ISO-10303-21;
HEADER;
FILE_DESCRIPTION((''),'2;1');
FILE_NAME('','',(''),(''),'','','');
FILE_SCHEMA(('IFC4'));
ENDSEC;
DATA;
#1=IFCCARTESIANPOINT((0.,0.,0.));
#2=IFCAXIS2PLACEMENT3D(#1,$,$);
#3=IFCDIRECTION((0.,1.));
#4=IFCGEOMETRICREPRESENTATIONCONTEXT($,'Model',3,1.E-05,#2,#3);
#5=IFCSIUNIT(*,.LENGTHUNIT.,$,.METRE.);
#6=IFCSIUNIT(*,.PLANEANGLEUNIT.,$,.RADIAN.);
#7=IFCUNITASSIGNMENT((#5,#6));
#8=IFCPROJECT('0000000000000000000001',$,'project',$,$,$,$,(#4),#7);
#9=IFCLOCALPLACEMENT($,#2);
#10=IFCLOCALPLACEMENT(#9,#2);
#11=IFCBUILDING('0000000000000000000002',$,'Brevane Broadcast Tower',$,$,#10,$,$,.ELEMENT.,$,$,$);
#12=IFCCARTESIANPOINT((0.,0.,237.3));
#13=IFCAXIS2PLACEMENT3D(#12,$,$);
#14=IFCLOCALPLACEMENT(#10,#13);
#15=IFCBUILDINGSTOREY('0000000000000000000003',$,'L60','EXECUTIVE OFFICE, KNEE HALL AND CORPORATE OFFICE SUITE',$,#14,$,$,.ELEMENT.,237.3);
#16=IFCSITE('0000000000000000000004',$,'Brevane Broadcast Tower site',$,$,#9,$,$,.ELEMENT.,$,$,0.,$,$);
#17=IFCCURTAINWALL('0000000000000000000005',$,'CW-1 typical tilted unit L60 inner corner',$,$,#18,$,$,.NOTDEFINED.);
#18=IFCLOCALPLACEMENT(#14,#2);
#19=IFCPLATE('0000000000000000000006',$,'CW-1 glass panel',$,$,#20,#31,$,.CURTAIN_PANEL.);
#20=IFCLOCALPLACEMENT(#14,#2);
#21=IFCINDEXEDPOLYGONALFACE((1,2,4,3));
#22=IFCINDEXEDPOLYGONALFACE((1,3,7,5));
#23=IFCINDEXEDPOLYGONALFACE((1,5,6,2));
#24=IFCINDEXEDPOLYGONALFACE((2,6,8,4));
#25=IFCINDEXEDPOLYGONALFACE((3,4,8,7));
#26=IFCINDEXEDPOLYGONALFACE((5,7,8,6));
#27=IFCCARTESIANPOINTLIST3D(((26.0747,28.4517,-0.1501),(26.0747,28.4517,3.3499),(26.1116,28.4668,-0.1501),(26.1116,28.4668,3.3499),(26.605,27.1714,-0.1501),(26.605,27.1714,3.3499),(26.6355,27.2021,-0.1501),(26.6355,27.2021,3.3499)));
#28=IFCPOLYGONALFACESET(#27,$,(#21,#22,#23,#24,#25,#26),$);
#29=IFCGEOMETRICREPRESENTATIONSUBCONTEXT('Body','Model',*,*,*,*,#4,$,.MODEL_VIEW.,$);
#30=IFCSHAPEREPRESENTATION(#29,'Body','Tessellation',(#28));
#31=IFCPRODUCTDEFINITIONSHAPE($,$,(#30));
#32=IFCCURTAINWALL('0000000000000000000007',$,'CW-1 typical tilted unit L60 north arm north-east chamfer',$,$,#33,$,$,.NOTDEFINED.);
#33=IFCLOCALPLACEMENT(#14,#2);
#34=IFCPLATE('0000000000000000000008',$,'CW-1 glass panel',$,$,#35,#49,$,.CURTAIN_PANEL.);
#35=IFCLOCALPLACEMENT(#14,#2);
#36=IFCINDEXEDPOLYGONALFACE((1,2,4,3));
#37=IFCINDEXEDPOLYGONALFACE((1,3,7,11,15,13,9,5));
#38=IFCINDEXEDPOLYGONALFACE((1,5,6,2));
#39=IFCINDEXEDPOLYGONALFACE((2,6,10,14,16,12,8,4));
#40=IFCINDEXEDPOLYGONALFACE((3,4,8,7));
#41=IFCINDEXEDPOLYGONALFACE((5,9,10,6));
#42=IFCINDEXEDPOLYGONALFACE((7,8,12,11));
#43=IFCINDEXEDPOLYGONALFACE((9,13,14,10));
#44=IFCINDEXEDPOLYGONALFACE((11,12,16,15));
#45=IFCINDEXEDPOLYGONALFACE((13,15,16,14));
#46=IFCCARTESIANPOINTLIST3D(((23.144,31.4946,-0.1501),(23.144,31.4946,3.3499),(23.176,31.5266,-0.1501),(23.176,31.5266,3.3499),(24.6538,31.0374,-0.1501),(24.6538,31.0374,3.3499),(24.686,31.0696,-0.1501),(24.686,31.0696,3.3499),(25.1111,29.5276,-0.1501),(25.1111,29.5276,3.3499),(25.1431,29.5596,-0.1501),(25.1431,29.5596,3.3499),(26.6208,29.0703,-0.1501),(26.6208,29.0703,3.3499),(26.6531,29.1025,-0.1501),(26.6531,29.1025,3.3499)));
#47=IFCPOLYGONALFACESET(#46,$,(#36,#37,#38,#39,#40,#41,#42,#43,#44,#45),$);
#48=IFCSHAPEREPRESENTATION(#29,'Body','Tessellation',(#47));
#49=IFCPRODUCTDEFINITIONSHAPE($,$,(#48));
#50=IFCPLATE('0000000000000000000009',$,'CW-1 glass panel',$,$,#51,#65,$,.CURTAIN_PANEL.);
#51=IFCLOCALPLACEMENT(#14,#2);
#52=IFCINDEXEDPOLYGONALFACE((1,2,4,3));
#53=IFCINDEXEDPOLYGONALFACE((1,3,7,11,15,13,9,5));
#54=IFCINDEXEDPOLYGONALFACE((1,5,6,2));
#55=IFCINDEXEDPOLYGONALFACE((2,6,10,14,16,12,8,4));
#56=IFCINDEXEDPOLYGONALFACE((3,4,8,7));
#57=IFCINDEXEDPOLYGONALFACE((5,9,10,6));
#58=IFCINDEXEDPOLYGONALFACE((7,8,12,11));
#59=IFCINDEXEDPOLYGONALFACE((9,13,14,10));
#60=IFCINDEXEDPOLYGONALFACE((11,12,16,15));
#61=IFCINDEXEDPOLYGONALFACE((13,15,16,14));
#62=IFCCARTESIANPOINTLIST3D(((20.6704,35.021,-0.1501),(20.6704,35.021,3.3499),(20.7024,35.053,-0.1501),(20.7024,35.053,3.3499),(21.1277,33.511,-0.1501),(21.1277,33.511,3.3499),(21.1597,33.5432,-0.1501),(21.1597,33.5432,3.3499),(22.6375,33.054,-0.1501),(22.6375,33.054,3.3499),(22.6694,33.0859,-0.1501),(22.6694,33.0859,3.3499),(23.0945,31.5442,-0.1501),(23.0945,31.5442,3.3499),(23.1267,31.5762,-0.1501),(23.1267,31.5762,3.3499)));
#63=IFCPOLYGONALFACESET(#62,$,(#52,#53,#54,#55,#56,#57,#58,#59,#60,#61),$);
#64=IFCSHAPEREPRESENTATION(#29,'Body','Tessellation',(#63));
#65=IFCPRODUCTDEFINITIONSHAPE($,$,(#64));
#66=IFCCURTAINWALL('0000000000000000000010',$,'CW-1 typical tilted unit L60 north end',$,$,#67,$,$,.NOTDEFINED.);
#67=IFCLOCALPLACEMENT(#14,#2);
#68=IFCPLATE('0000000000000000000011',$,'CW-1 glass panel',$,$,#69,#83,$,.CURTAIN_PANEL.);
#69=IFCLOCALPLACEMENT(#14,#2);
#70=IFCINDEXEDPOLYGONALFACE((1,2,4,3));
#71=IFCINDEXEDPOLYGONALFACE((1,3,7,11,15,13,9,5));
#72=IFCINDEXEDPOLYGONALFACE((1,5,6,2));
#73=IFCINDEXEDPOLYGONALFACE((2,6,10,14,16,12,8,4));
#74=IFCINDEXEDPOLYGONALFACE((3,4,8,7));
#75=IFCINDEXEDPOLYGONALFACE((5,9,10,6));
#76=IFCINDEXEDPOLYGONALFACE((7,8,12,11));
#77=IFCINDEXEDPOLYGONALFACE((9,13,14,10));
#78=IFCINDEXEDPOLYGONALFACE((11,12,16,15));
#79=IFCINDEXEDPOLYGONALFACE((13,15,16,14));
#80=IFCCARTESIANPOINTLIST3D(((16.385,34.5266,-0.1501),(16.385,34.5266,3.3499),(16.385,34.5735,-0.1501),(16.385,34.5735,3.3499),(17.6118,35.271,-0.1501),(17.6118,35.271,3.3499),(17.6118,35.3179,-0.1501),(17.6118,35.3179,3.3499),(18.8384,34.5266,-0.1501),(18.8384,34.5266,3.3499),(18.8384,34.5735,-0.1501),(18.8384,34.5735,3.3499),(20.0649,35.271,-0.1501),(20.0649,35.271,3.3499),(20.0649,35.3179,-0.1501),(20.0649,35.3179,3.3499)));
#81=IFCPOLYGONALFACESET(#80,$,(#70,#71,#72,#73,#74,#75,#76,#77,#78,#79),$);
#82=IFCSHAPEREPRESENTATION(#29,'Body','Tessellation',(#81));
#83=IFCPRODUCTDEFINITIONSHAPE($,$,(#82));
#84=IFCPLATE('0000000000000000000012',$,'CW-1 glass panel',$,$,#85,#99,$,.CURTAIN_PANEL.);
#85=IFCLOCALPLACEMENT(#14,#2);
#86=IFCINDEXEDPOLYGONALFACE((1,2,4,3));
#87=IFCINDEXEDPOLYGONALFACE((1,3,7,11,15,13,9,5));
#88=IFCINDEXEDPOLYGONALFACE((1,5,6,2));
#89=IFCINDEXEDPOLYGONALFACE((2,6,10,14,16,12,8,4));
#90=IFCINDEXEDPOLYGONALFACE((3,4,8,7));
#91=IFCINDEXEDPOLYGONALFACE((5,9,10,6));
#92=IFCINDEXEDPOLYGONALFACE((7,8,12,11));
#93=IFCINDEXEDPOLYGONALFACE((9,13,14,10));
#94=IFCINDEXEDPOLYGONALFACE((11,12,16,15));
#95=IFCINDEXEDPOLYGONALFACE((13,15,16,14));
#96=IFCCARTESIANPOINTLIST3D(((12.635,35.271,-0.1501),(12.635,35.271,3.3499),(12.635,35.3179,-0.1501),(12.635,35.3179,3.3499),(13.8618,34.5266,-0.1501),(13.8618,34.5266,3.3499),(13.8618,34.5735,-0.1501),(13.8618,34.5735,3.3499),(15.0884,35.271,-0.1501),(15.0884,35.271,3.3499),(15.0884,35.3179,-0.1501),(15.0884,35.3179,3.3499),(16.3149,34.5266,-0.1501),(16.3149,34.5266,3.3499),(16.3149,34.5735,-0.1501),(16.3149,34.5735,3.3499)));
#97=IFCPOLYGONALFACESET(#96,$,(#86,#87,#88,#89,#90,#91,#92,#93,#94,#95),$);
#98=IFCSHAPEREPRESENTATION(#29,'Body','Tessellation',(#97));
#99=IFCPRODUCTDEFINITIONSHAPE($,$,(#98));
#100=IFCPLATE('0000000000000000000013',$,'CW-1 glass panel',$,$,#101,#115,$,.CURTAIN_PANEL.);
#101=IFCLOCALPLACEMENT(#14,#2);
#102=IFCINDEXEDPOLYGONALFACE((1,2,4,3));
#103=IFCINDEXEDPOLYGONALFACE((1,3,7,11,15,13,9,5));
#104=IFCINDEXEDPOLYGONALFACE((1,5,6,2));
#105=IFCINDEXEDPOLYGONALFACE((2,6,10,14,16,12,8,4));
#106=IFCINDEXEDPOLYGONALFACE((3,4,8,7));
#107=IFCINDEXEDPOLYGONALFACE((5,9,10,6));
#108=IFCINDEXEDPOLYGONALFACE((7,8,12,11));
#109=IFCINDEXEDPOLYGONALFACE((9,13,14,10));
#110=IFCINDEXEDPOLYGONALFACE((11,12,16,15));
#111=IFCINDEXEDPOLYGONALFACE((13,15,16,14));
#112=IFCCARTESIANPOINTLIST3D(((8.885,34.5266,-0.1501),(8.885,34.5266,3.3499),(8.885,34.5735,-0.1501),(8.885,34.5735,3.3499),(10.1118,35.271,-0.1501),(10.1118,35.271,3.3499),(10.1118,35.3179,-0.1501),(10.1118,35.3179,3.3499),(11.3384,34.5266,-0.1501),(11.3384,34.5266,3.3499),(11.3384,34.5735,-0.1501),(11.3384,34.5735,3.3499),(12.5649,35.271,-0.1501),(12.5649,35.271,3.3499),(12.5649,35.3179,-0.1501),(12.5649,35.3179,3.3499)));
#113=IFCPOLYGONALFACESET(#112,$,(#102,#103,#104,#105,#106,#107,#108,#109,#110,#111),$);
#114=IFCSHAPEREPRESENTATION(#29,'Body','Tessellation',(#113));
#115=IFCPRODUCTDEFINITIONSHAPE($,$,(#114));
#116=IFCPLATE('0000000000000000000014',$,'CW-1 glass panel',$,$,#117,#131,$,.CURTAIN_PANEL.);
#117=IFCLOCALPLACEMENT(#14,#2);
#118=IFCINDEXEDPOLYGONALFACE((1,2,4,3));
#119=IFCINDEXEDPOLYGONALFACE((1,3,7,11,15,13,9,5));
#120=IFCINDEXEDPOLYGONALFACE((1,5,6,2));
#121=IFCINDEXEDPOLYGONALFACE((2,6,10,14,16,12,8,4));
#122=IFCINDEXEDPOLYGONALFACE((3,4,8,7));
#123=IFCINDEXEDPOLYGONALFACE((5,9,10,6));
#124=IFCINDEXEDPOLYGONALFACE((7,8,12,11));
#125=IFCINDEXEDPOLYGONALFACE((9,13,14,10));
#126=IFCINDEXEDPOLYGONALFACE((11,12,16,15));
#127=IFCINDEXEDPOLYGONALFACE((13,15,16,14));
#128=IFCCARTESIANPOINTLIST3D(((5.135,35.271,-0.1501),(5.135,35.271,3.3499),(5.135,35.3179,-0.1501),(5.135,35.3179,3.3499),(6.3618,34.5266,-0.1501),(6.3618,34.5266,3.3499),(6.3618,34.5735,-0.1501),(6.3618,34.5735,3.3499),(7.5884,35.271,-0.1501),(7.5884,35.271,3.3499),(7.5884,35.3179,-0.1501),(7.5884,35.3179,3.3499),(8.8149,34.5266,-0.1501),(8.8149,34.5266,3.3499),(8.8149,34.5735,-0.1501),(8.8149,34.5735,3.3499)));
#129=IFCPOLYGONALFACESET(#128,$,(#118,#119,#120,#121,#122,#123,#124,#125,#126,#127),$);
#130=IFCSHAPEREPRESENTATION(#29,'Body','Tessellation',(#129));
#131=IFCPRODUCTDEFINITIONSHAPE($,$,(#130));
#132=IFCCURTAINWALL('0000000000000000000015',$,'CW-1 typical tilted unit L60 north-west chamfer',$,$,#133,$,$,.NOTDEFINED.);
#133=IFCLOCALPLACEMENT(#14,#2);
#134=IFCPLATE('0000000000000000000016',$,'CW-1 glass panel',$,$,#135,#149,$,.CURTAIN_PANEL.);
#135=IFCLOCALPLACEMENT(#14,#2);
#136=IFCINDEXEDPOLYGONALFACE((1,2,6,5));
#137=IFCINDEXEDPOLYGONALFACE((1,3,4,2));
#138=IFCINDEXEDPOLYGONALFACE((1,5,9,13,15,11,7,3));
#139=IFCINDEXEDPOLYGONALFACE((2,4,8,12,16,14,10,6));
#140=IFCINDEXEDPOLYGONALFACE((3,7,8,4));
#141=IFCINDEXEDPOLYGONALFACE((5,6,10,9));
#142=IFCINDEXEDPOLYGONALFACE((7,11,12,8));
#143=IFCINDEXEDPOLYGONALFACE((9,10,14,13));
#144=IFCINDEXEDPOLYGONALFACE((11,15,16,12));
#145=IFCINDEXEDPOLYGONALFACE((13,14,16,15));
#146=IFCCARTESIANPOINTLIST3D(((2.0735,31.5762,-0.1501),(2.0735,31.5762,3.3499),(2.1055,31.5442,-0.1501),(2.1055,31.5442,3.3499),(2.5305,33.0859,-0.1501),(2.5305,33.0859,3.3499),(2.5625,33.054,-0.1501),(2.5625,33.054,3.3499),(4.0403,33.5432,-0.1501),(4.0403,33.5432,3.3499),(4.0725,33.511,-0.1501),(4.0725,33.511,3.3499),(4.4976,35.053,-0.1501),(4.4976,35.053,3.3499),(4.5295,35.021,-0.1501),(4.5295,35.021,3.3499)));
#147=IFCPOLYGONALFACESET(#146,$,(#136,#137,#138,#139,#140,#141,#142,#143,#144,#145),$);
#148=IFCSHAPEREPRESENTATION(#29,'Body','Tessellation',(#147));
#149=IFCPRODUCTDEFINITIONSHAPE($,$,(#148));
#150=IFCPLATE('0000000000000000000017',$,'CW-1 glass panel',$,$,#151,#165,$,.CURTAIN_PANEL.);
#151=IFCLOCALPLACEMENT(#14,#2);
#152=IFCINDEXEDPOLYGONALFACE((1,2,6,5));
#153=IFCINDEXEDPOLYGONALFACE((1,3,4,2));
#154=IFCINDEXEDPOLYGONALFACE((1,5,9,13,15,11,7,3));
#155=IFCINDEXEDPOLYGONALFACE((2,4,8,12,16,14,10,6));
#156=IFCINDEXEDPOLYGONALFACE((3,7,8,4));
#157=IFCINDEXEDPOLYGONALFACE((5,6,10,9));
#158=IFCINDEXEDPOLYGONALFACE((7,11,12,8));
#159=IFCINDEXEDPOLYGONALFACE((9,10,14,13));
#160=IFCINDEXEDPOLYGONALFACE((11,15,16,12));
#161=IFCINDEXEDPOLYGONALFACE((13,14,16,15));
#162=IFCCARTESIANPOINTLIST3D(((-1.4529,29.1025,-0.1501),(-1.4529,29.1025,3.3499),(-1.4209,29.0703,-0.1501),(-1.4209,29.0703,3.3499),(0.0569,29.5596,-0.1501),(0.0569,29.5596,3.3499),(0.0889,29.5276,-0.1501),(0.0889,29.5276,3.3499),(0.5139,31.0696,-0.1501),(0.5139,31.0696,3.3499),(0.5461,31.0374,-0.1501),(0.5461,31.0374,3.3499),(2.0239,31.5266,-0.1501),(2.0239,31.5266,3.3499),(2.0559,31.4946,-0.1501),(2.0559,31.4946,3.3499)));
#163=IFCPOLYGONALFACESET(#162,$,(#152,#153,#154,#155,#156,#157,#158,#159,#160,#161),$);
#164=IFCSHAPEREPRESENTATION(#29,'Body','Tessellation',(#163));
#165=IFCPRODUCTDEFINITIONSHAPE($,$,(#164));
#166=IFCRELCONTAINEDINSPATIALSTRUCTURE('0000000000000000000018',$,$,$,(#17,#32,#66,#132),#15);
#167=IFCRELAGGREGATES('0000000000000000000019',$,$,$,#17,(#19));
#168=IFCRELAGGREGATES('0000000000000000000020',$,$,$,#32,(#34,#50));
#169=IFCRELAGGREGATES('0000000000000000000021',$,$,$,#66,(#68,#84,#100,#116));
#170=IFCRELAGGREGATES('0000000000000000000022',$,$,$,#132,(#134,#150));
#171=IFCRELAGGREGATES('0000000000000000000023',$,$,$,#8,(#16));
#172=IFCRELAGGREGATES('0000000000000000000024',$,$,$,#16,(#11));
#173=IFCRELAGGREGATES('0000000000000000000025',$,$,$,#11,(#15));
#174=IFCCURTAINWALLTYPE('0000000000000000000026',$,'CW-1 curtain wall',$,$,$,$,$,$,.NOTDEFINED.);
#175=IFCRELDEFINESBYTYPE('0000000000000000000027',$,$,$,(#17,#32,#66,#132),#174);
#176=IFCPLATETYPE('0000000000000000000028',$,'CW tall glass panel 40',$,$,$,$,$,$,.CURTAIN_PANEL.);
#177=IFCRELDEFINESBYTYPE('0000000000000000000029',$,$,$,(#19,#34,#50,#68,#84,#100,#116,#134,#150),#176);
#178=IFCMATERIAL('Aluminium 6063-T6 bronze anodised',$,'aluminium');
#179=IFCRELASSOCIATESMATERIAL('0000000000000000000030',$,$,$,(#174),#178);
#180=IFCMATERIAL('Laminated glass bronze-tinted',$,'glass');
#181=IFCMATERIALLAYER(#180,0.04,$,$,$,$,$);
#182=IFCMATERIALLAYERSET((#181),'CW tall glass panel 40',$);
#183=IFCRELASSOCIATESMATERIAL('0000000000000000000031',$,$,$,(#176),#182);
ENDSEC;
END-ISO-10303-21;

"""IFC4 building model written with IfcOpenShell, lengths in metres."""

from ifc_helpers import new_model, si_unit, direction, frame, origin, place, context, subcontext, project, spatial, polyline, outline, extrude, material, layer, layer_set, type_object, element, aggregate, save


model = new_model("IFC4")

# Units and contexts
model_context = context("Model", 3, precision=1e-05, world=origin(), true_north=direction((0.0, 1.0)))
body_context = subcontext(model_context, "Body", "Model", "MODEL_VIEW")
ifc_project = project(units=[si_unit("LENGTHUNIT", "METRE"), si_unit("PLANEANGLEUNIT", "RADIAN")], contexts=[model_context])

# Site, building, storey
site_placement = place(None, origin())
site = spatial("IfcSite", under=ifc_project, at=site_placement, Name="Brevane Broadcast Tower site", CompositionType="ELEMENT", RefElevation=0.0)
building_placement = place(site_placement, origin())
building = spatial("IfcBuilding", under=site, at=building_placement, Name="Brevane Broadcast Tower", CompositionType="ELEMENT")
storey_placement = place(building_placement, frame((0.0, 0.0, 237.3)))
storey = spatial("IfcBuildingStorey", under=building, at=storey_placement, Name="L60", Description="EXECUTIVE OFFICE, KNEE HALL AND CORPORATE OFFICE SUITE", CompositionType="ELEMENT", Elevation=237.3)

# Shared definitions
ifc_material_1 = material(Name="Aluminium 6063-T6 bronze anodised", Category="aluminium")
curtain_wall_type = type_object("IfcCurtainWallType", Name="CW-1 curtain wall", PredefinedType="NOTDEFINED", material=ifc_material_1)
ifc_material_2 = material(Name="Laminated glass bronze-tinted", Category="glass")
ifc_layer = layer(ifc_material_2, 0.04)
ifc_layer_set = layer_set([ifc_layer], Name="CW tall glass panel 40")
plate_type = type_object("IfcPlateType", Name="CW tall glass panel 40", PredefinedType="CURTAIN_PANEL", material=ifc_layer_set)

# Curtain walls, plates
curtain_wall_1_placement = place(storey_placement, origin())
curtain_wall_1 = element("IfcCurtainWall", 1, at=curtain_wall_1_placement, inside=storey, type_object=curtain_wall_type, Name="CW-1 typical tilted unit L60 inner corner", PredefinedType="NOTDEFINED")
plate_1_placement = place(storey_placement, frame((0.0, 0.0, -0.1501)))
plate_1 = element("IfcPlate", 2, at=plate_1_placement, type_object=plate_type, Name="CW-1 glass panel", PredefinedType="CURTAIN_PANEL", context=body_context, shape_type="SweptSolid", body=[
    extrude(outline(polyline([(26.605, 27.1714), (26.6355, 27.2021), (26.1116, 28.4668), (26.0747, 28.4517), (26.605, 27.1714)])), origin(), (0.0, 0.0, 1.0), 3.5),
])
aggregate(curtain_wall_1, [plate_1])
curtain_wall_2_placement = place(storey_placement, origin())
curtain_wall_2 = element("IfcCurtainWall", 3, at=curtain_wall_2_placement, inside=storey, type_object=curtain_wall_type, Name="CW-1 typical tilted unit L60 north arm north-east chamfer", PredefinedType="NOTDEFINED")
plate_2_placement = place(storey_placement, frame((0.0, 0.0, -0.1501)))
plate_2 = element("IfcPlate", 4, at=plate_2_placement, type_object=plate_type, Name="CW-1 glass panel", PredefinedType="CURTAIN_PANEL", context=body_context, shape_type="SweptSolid", body=[
    extrude(outline(polyline([(26.6208, 29.0703), (26.6531, 29.1025), (25.1431, 29.5596), (24.686, 31.0696), (23.176, 31.5266), (23.144, 31.4946), (24.6538, 31.0374), (25.1111, 29.5276), (26.6208, 29.0703)])), origin(), (0.0, 0.0, 1.0), 3.5),
])
plate_3_placement = place(storey_placement, frame((0.0, 0.0, -0.1501)))
plate_3 = element("IfcPlate", 5, at=plate_3_placement, type_object=plate_type, Name="CW-1 glass panel", PredefinedType="CURTAIN_PANEL", context=body_context, shape_type="SweptSolid", body=[
    extrude(outline(polyline([(23.0945, 31.5442), (23.1267, 31.5762), (22.6694, 33.0859), (21.1597, 33.5432), (20.7024, 35.053), (20.6704, 35.021), (21.1277, 33.511), (22.6375, 33.054), (23.0945, 31.5442)])), origin(), (0.0, 0.0, 1.0), 3.5),
])
aggregate(curtain_wall_2, [plate_2, plate_3])
curtain_wall_3_placement = place(storey_placement, origin())
curtain_wall_3 = element("IfcCurtainWall", 6, at=curtain_wall_3_placement, inside=storey, type_object=curtain_wall_type, Name="CW-1 typical tilted unit L60 north end", PredefinedType="NOTDEFINED")
plate_4_placement = place(storey_placement, frame((0.0, 0.0, -0.1501)))
plate_4 = element("IfcPlate", 7, at=plate_4_placement, type_object=plate_type, Name="CW-1 glass panel", PredefinedType="CURTAIN_PANEL", context=body_context, shape_type="SweptSolid", body=[
    extrude(outline(polyline([(20.0649, 35.271), (20.0649, 35.3179), (18.8384, 34.5735), (17.6118, 35.3179), (16.385, 34.5735), (16.385, 34.5266), (17.6118, 35.271), (18.8384, 34.5266), (20.0649, 35.271)])), origin(), (0.0, 0.0, 1.0), 3.5),
])
plate_5_placement = place(storey_placement, frame((0.0, 0.0, -0.1501)))
plate_5 = element("IfcPlate", 8, at=plate_5_placement, type_object=plate_type, Name="CW-1 glass panel", PredefinedType="CURTAIN_PANEL", context=body_context, shape_type="SweptSolid", body=[
    extrude(outline(polyline([(16.3149, 34.5266), (16.3149, 34.5735), (15.0884, 35.3179), (13.8618, 34.5735), (12.635, 35.3179), (12.635, 35.271), (13.8618, 34.5266), (15.0884, 35.271), (16.3149, 34.5266)])), origin(), (0.0, 0.0, 1.0), 3.5),
])
plate_6_placement = place(storey_placement, frame((0.0, 0.0, -0.1501)))
plate_6 = element("IfcPlate", 9, at=plate_6_placement, type_object=plate_type, Name="CW-1 glass panel", PredefinedType="CURTAIN_PANEL", context=body_context, shape_type="SweptSolid", body=[
    extrude(outline(polyline([(12.5649, 35.271), (12.5649, 35.3179), (11.3384, 34.5735), (10.1118, 35.3179), (8.885, 34.5735), (8.885, 34.5266), (10.1118, 35.271), (11.3384, 34.5266), (12.5649, 35.271)])), origin(), (0.0, 0.0, 1.0), 3.5),
])
plate_7_placement = place(storey_placement, frame((0.0, 0.0, -0.1501)))
plate_7 = element("IfcPlate", 10, at=plate_7_placement, type_object=plate_type, Name="CW-1 glass panel", PredefinedType="CURTAIN_PANEL", context=body_context, shape_type="SweptSolid", body=[
    extrude(outline(polyline([(8.8149, 34.5266), (8.8149, 34.5735), (7.5884, 35.3179), (6.3618, 34.5735), (5.135, 35.3179), (5.135, 35.271), (6.3618, 34.5266), (7.5884, 35.271), (8.8149, 34.5266)])), origin(), (0.0, 0.0, 1.0), 3.5),
])
aggregate(curtain_wall_3, [plate_4, plate_5, plate_6, plate_7])
curtain_wall_4_placement = place(storey_placement, origin())
curtain_wall_4 = element("IfcCurtainWall", 11, at=curtain_wall_4_placement, inside=storey, type_object=curtain_wall_type, Name="CW-1 typical tilted unit L60 north-west chamfer", PredefinedType="NOTDEFINED")
plate_8_placement = place(storey_placement, frame((0.0, 0.0, -0.1501)))
plate_8 = element("IfcPlate", 12, at=plate_8_placement, type_object=plate_type, Name="CW-1 glass panel", PredefinedType="CURTAIN_PANEL", context=body_context, shape_type="SweptSolid", body=[
    extrude(outline(polyline([(4.5295, 35.021), (4.4976, 35.053), (4.0403, 33.5432), (2.5305, 33.0859), (2.0735, 31.5762), (2.1055, 31.5442), (2.5625, 33.054), (4.0725, 33.511), (4.5295, 35.021)])), origin(), (0.0, 0.0, 1.0), 3.5),
])
plate_9_placement = place(storey_placement, frame((0.0, 0.0, -0.1501)))
plate_9 = element("IfcPlate", 13, at=plate_9_placement, type_object=plate_type, Name="CW-1 glass panel", PredefinedType="CURTAIN_PANEL", context=body_context, shape_type="SweptSolid", body=[
    extrude(outline(polyline([(2.0559, 31.4946), (2.0239, 31.5266), (0.5139, 31.0696), (0.0569, 29.5596), (-1.4529, 29.1025), (-1.4209, 29.0703), (0.0889, 29.5276), (0.5461, 31.0374), (2.0559, 31.4946)])), origin(), (0.0, 0.0, 1.0), 3.5),
])
aggregate(curtain_wall_4, [plate_8, plate_9])

save(model, "model.ifc")
